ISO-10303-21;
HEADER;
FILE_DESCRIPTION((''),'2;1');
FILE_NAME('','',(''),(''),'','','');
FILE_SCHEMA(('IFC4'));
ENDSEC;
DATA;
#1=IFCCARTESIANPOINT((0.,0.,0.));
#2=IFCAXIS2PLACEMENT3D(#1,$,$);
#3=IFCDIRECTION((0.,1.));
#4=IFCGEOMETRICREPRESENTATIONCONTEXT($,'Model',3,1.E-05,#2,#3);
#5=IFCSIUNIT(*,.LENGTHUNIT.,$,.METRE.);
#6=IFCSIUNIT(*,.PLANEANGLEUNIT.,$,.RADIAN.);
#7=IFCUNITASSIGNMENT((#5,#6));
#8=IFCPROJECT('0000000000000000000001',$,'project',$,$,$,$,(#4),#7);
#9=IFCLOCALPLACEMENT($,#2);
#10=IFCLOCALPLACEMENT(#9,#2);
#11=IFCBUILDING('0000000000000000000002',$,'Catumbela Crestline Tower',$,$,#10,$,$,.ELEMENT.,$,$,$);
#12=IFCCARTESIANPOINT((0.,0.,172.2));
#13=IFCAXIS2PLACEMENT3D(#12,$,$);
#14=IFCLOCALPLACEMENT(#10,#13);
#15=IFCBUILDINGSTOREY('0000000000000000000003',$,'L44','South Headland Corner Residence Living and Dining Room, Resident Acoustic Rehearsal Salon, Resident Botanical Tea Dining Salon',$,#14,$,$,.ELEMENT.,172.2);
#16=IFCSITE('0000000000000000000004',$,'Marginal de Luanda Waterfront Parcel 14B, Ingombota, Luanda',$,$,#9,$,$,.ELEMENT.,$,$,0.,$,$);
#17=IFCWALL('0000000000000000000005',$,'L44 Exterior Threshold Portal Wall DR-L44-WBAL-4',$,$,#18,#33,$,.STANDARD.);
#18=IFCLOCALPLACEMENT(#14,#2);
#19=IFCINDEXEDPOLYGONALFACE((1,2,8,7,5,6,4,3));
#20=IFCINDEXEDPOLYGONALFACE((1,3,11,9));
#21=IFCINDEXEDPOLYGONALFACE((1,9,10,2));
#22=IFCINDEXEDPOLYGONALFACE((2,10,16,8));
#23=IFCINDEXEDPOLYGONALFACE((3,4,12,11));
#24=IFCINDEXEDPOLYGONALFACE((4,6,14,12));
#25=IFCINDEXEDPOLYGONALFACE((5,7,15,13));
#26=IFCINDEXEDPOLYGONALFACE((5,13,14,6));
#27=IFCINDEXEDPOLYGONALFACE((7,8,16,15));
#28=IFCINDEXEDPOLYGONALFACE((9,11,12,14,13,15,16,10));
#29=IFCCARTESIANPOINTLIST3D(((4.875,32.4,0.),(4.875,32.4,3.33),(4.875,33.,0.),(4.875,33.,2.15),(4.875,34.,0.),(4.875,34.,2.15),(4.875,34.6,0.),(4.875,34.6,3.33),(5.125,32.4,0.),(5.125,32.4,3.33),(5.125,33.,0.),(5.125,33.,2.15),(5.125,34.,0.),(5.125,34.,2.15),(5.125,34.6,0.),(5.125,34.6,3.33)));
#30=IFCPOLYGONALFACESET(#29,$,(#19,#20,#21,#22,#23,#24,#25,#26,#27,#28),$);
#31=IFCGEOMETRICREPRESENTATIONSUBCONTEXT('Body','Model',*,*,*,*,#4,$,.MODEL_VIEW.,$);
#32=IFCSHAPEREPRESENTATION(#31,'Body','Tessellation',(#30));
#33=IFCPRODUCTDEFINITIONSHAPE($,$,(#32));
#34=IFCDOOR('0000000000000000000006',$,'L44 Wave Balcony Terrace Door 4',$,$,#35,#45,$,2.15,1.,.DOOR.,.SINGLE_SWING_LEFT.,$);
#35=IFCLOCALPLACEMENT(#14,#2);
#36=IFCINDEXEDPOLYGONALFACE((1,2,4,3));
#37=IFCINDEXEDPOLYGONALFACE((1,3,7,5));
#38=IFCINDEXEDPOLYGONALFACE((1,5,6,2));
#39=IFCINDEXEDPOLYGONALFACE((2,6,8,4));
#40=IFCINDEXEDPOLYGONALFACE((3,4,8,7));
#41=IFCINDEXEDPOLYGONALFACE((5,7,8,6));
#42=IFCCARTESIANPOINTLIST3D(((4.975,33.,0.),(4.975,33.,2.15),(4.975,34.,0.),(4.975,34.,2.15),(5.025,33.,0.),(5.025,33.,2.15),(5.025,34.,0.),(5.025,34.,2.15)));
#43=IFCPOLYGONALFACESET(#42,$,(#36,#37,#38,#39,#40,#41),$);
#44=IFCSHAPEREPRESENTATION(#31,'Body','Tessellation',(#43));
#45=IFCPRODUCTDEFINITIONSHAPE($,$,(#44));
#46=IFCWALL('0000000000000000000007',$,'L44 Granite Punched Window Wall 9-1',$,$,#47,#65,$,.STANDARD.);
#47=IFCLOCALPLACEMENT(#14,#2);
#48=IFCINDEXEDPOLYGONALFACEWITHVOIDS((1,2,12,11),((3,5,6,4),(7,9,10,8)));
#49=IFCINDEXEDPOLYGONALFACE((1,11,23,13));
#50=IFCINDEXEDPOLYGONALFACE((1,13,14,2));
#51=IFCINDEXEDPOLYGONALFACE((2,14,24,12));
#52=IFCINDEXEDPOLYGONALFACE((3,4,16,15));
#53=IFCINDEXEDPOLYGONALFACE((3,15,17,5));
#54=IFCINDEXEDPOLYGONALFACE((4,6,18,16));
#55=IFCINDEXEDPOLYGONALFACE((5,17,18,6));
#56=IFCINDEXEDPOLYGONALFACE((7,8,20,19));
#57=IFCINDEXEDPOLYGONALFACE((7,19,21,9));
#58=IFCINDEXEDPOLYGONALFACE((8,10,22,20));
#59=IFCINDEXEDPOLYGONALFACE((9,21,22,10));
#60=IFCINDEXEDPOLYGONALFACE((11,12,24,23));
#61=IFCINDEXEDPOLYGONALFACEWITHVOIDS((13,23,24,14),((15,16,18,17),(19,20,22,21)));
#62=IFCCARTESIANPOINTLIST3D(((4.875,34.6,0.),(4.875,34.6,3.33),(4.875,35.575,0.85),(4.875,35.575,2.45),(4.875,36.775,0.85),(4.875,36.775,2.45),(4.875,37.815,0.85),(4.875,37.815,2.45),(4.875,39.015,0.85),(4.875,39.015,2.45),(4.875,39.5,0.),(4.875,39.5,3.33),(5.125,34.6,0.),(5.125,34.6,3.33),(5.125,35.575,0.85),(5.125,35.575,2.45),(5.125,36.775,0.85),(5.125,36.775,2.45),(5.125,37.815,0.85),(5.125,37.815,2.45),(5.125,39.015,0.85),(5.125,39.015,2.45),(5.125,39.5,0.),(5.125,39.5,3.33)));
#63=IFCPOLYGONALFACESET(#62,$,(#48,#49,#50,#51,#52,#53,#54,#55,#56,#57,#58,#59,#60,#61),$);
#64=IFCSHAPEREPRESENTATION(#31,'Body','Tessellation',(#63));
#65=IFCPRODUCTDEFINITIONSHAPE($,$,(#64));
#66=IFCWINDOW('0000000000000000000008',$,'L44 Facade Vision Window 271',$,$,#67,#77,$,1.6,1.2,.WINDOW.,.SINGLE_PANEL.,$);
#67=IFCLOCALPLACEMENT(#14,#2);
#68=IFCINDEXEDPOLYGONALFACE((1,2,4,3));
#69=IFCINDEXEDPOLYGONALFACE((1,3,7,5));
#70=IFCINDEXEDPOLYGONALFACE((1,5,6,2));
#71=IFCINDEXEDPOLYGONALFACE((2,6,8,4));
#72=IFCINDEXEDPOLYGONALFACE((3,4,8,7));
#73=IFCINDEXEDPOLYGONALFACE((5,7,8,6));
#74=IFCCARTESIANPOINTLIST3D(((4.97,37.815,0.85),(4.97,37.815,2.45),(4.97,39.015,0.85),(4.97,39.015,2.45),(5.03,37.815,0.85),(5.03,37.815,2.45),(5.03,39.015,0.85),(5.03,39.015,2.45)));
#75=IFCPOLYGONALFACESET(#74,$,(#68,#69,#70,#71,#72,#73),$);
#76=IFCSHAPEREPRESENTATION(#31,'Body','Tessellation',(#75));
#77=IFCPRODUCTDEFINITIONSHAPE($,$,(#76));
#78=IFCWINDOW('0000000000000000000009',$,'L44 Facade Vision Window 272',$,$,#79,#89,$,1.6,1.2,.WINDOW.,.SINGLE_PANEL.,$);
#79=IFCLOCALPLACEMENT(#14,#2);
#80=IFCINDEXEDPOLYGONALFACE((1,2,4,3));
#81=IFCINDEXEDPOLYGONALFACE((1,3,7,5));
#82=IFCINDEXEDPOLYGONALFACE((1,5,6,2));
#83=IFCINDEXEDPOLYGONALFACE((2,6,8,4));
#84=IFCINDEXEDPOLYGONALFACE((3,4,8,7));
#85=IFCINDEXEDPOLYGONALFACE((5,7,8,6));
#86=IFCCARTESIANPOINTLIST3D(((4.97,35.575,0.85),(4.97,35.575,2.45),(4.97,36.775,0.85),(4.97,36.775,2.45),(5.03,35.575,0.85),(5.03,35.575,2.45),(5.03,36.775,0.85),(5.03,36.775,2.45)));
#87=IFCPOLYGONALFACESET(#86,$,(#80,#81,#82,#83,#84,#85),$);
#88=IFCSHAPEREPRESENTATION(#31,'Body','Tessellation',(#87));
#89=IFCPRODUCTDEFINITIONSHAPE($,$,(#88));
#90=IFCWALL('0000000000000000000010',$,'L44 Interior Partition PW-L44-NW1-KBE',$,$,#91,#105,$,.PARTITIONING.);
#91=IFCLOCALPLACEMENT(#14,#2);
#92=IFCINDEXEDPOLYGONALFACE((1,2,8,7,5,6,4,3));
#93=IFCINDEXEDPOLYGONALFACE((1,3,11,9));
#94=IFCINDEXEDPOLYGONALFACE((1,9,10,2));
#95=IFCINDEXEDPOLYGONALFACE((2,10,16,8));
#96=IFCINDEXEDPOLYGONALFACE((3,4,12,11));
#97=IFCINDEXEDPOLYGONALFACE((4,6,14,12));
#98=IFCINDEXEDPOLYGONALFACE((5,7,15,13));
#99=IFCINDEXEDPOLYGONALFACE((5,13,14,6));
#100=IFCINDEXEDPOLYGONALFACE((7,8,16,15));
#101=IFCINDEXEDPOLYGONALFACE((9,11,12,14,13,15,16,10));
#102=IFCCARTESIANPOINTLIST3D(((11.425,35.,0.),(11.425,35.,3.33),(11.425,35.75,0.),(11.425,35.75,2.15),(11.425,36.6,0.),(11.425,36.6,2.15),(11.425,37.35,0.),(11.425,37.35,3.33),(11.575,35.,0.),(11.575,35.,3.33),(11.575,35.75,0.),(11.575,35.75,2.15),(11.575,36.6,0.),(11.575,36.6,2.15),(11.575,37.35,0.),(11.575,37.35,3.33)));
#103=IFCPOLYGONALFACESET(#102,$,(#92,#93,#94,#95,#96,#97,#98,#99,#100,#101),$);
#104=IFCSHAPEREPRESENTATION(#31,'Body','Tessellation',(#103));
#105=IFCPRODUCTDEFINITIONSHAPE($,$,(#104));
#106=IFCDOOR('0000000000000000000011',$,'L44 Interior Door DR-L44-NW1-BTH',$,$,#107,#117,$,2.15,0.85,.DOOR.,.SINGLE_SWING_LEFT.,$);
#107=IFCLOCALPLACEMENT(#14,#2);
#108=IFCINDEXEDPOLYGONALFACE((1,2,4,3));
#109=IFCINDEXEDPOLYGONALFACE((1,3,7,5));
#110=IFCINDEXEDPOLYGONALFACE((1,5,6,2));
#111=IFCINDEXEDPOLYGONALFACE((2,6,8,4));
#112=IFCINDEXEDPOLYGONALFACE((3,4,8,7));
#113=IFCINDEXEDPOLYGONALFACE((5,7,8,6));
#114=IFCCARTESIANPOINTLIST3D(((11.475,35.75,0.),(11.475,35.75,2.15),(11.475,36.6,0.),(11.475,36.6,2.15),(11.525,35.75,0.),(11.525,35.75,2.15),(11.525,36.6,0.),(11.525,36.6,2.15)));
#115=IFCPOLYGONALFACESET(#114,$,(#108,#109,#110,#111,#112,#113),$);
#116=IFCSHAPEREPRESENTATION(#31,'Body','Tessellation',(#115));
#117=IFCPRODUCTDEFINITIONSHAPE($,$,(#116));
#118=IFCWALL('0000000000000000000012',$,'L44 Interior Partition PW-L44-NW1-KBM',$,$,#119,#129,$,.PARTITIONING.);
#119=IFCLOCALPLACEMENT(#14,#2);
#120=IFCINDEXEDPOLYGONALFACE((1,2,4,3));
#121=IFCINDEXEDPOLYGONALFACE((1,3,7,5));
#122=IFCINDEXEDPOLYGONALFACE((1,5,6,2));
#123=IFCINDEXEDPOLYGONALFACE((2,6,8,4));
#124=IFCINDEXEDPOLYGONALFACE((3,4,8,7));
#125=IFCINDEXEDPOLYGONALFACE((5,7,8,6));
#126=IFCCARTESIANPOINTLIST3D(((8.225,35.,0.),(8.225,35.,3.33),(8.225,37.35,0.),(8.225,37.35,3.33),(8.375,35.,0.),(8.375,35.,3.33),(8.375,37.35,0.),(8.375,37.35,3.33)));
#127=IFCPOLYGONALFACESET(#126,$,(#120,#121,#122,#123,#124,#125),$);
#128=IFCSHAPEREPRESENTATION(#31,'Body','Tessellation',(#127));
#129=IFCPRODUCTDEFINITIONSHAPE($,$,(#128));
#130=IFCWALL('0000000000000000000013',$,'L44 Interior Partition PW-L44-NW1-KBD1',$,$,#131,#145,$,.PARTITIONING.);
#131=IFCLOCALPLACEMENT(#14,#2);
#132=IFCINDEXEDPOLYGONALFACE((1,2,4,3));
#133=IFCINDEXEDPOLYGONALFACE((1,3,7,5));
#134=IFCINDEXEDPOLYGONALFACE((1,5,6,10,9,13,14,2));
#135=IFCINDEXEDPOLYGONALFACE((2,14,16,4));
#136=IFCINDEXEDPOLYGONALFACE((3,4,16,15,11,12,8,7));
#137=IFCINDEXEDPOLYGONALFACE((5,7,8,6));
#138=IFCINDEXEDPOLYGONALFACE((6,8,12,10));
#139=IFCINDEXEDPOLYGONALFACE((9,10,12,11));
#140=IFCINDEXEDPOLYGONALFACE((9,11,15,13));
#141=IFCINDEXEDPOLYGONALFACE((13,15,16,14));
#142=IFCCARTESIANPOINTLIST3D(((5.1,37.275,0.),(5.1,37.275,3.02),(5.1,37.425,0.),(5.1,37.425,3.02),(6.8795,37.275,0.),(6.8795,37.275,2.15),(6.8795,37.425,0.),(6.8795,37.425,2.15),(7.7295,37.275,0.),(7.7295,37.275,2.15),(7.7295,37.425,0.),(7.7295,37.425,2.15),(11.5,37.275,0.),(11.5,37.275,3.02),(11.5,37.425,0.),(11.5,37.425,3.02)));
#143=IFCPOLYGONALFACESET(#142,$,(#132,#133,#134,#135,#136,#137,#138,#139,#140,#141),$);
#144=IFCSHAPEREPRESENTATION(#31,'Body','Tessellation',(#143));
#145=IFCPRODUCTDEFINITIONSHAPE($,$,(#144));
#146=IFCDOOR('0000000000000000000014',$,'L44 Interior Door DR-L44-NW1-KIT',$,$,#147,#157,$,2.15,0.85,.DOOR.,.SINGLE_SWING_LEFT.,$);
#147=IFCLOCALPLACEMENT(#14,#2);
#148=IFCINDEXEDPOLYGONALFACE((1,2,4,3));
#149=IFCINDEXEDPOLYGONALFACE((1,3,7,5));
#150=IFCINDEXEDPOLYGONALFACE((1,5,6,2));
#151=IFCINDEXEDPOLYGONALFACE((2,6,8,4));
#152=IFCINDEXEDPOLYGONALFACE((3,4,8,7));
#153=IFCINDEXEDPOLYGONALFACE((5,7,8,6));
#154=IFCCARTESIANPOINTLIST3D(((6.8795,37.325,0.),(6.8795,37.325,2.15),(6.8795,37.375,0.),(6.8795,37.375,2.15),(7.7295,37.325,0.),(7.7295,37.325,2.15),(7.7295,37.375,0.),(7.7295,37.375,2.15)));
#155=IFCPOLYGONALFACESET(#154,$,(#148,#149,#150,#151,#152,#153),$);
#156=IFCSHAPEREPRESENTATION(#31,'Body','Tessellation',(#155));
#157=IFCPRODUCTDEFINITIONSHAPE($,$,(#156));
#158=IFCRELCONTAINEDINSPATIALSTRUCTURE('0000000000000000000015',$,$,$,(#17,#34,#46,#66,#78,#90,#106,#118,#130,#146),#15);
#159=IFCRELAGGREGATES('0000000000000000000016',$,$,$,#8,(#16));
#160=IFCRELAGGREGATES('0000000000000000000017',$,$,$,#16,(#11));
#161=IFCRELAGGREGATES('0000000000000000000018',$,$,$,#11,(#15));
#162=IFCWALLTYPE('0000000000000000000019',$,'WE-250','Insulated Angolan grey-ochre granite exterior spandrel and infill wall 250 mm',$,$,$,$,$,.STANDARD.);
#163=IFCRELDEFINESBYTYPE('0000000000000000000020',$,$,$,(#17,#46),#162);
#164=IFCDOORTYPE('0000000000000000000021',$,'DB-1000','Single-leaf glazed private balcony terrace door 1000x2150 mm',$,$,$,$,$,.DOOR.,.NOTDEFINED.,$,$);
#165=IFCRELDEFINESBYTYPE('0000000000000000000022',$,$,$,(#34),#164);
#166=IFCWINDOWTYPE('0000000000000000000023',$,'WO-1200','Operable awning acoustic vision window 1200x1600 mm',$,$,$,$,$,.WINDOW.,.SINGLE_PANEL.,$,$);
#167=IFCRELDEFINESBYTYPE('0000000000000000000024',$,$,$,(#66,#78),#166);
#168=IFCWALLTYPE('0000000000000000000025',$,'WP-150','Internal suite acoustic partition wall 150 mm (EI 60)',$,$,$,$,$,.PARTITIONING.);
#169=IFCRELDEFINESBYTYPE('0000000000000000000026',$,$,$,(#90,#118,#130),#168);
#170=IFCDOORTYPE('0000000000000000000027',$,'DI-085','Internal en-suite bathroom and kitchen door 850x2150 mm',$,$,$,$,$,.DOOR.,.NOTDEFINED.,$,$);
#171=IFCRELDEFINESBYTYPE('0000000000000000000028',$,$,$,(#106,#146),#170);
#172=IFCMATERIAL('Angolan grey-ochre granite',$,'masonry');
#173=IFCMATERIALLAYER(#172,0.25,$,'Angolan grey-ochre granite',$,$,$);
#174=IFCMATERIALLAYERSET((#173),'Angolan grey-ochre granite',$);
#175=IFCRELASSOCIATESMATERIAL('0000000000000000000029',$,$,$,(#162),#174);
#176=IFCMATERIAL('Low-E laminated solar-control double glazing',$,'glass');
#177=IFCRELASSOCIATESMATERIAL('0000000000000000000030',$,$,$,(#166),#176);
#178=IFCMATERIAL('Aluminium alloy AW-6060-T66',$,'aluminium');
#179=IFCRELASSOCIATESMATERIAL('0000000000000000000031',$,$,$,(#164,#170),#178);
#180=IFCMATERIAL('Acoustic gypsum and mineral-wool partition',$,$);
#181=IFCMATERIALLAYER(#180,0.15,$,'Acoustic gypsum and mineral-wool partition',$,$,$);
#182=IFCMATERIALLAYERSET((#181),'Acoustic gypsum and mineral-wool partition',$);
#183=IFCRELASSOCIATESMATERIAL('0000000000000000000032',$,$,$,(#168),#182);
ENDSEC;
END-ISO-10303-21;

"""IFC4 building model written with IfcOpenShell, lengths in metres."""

from ifc_helpers import new_model, si_unit, direction, frame, frame_2d, origin, place, context, subcontext, project, spatial, rectangle, extrude, material, layer, layer_set, type_object, element, fill, save


model = new_model("IFC4")

# Units and contexts
model_context = context("Model", 3, precision=1e-05, world=origin(), true_north=direction((0.0, 1.0)))
body_context = subcontext(model_context, "Body", "Model", "MODEL_VIEW")
ifc_project = project(units=[si_unit("LENGTHUNIT", "METRE"), si_unit("PLANEANGLEUNIT", "RADIAN")], contexts=[model_context])

# Site, building, storey
site_placement = place(None, origin())
site = spatial("IfcSite", under=ifc_project, at=site_placement, Name="Marginal de Luanda Waterfront Parcel 14B, Ingombota, Luanda", CompositionType="ELEMENT", RefElevation=0.0)
building_placement = place(site_placement, origin())
building = spatial("IfcBuilding", under=site, at=building_placement, Name="Catumbela Crestline Tower", CompositionType="ELEMENT")
storey_placement = place(building_placement, frame((0.0, 0.0, 172.2)))
storey = spatial("IfcBuildingStorey", under=building, at=storey_placement, Name="L44", Description="South Headland Corner Residence Living and Dining Room, Resident Acoustic Rehearsal Salon, Resident Botanical Tea Dining Salon", CompositionType="ELEMENT", Elevation=172.2)

# Shared definitions
ifc_material_1 = material(Name="Aluminium alloy AW-6060-T66", Category="aluminium")

# Shared definitions
ifc_material_2 = material(Name="Low-E laminated solar-control double glazing", Category="glass")

# Shared definitions
ifc_material_3 = material(Name="Acoustic gypsum and mineral-wool partition")

# Shared definitions
ifc_material_4 = material(Name="Angolan grey-ochre granite", Category="masonry")
ifc_layer_1 = layer(ifc_material_4, 0.25, Name="Angolan grey-ochre granite")
ifc_layer_set_1 = layer_set([ifc_layer_1], Name="Angolan grey-ochre granite")
wall_type_1 = type_object("IfcWallType", Name="WE-250", Description="Insulated Angolan grey-ochre granite exterior spandrel and infill wall 250 mm", PredefinedType="STANDARD", material=ifc_layer_set_1)
window_type = type_object("IfcWindowType", Name="WO-1200", Description="Operable awning acoustic vision window 1200x1600 mm", PartitioningType="SINGLE_PANEL", PredefinedType="WINDOW", material=ifc_material_2)

# Wall, opening, door
wall_1_placement = place(storey_placement, frame((5.0, 34.6, 0.0), z_axis=(0.0, 0.0, 1.0), x_axis=(0.0, -1.0, 0.0)))
wall_1 = element("IfcWall", 1, at=wall_1_placement, inside=storey, type_object=wall_type_1, Name="L44 Exterior Threshold Portal Wall DR-L44-WBAL-4", PredefinedType="STANDARD", context=body_context, shape_type="SweptSolid", body=[
    extrude(rectangle(XDim=2.2, YDim=0.25, at=frame_2d((1.1, 0.0))), origin(), (0.0, 0.0, 1.0), 3.33),
])
opening_1_placement = place(wall_1_placement, frame((0.6, 0.0, 0.0)))
opening_1 = element("IfcOpeningElement", 2, at=opening_1_placement, cuts=wall_1, PredefinedType="OPENING", context=body_context, shape_type="SweptSolid", body=[
    extrude(rectangle(XDim=1.0, YDim=2.15, at=frame_2d((0.5, 1.075))), frame((0.0, 0.135, 0.0), z_axis=(0.0, -1.0, 0.0), x_axis=(1.0, 0.0, 0.0)), (0.0, 0.0, 1.0), 0.27),
])
door_type_1 = type_object("IfcDoorType", Name="DB-1000", Description="Single-leaf glazed private balcony terrace door 1000x2150 mm", OperationType="NOTDEFINED", PredefinedType="DOOR", material=ifc_material_1)
door_1_placement = place(opening_1_placement, origin())
door_1 = element("IfcDoor", 3, at=door_1_placement, inside=storey, type_object=door_type_1, Name="L44 Wave Balcony Terrace Door 4", OperationType="SINGLE_SWING_LEFT", OverallHeight=2.15, OverallWidth=1.0, PredefinedType="DOOR", context=body_context, shape_type="SweptSolid", body=[
    extrude(rectangle(XDim=1.0, YDim=2.15, at=frame_2d((0.5, 1.075))), frame((0.0, 0.025, 0.0), z_axis=(0.0, -1.0, 0.0), x_axis=(1.0, 0.0, 0.0)), (0.0, 0.0, 1.0), 0.05),
])
fill(opening_1, door_1)

# Wall, openings, windows
wall_2_placement = place(storey_placement, frame((5.0, 39.5, 0.0), z_axis=(0.0, 0.0, 1.0), x_axis=(0.0, -1.0, 0.0)))
wall_2 = element("IfcWall", 4, at=wall_2_placement, inside=storey, type_object=wall_type_1, Name="L44 Granite Punched Window Wall 9-1", PredefinedType="STANDARD", context=body_context, shape_type="SweptSolid", body=[
    extrude(rectangle(XDim=4.9, YDim=0.25, at=frame_2d((2.45, 0.0))), origin(), (0.0, 0.0, 1.0), 3.33),
])
opening_2_placement = place(wall_2_placement, frame((0.485, 0.0, 0.85)))
opening_2 = element("IfcOpeningElement", 5, at=opening_2_placement, cuts=wall_2, PredefinedType="OPENING", context=body_context, shape_type="SweptSolid", body=[
    extrude(rectangle(XDim=1.2, YDim=1.6, at=frame_2d((0.6, 0.8))), frame((0.0, 0.135, 0.0), z_axis=(0.0, -1.0, 0.0), x_axis=(1.0, 0.0, 0.0)), (0.0, 0.0, 1.0), 0.27),
])
opening_3_placement = place(wall_2_placement, frame((2.725, 0.0, 0.85)))
opening_3 = element("IfcOpeningElement", 6, at=opening_3_placement, cuts=wall_2, PredefinedType="OPENING", context=body_context, shape_type="SweptSolid", body=[
    extrude(rectangle(XDim=1.2, YDim=1.6, at=frame_2d((0.6, 0.8))), frame((0.0, 0.135, 0.0), z_axis=(0.0, -1.0, 0.0), x_axis=(1.0, 0.0, 0.0)), (0.0, 0.0, 1.0), 0.27),
])
window_1_placement = place(opening_2_placement, origin())
window_1 = element("IfcWindow", 7, at=window_1_placement, inside=storey, type_object=window_type, Name="L44 Facade Vision Window 271", OverallHeight=1.6, OverallWidth=1.2, PartitioningType="SINGLE_PANEL", PredefinedType="WINDOW", context=body_context, shape_type="SweptSolid", body=[
    extrude(rectangle(XDim=1.2, YDim=1.6, at=frame_2d((0.6, 0.8))), frame((0.0, 0.03, 0.0), z_axis=(0.0, -1.0, 0.0), x_axis=(1.0, 0.0, 0.0)), (0.0, 0.0, 1.0), 0.06),
])
fill(opening_2, window_1)
window_2_placement = place(opening_3_placement, origin())
window_2 = element("IfcWindow", 8, at=window_2_placement, inside=storey, type_object=window_type, Name="L44 Facade Vision Window 272", OverallHeight=1.6, OverallWidth=1.2, PartitioningType="SINGLE_PANEL", PredefinedType="WINDOW", context=body_context, shape_type="SweptSolid", body=[
    extrude(rectangle(XDim=1.2, YDim=1.6, at=frame_2d((0.6, 0.8))), frame((0.0, 0.03, 0.0), z_axis=(0.0, -1.0, 0.0), x_axis=(1.0, 0.0, 0.0)), (0.0, 0.0, 1.0), 0.06),
])
fill(opening_3, window_2)

# Wall, opening, door
ifc_layer_2 = layer(ifc_material_3, 0.15, Name="Acoustic gypsum and mineral-wool partition")
ifc_layer_set_2 = layer_set([ifc_layer_2], Name="Acoustic gypsum and mineral-wool partition")
wall_type_2 = type_object("IfcWallType", Name="WP-150", Description="Internal suite acoustic partition wall 150 mm (EI 60)", PredefinedType="PARTITIONING", material=ifc_layer_set_2)
wall_3_placement = place(storey_placement, frame((11.5, 35.0, 0.0), z_axis=(0.0, 0.0, 1.0), x_axis=(0.0, 1.0, 0.0)))
wall_3 = element("IfcWall", 9, at=wall_3_placement, inside=storey, type_object=wall_type_2, Name="L44 Interior Partition PW-L44-NW1-KBE", PredefinedType="PARTITIONING", context=body_context, shape_type="SweptSolid", body=[
    extrude(rectangle(XDim=2.35, YDim=0.15, at=frame_2d((1.175, 0.0))), origin(), (0.0, 0.0, 1.0), 3.33),
])
opening_4_placement = place(wall_3_placement, frame((0.75, 0.0, 0.0)))
opening_4 = element("IfcOpeningElement", 10, at=opening_4_placement, cuts=wall_3, PredefinedType="OPENING", context=body_context, shape_type="SweptSolid", body=[
    extrude(rectangle(XDim=0.85, YDim=2.15, at=frame_2d((0.425, 1.075))), frame((0.0, 0.085, 0.0), z_axis=(0.0, -1.0, 0.0), x_axis=(1.0, 0.0, 0.0)), (0.0, 0.0, 1.0), 0.17),
])
door_type_2 = type_object("IfcDoorType", Name="DI-085", Description="Internal en-suite bathroom and kitchen door 850x2150 mm", OperationType="NOTDEFINED", PredefinedType="DOOR", material=ifc_material_1)
door_2_placement = place(opening_4_placement, origin())
door_2 = element("IfcDoor", 11, at=door_2_placement, inside=storey, type_object=door_type_2, Name="L44 Interior Door DR-L44-NW1-BTH", OperationType="SINGLE_SWING_LEFT", OverallHeight=2.15, OverallWidth=0.85, PredefinedType="DOOR", context=body_context, shape_type="SweptSolid", body=[
    extrude(rectangle(XDim=0.85, YDim=2.15, at=frame_2d((0.425, 1.075))), frame((0.0, 0.025, 0.0), z_axis=(0.0, -1.0, 0.0), x_axis=(1.0, 0.0, 0.0)), (0.0, 0.0, 1.0), 0.05),
])
fill(opening_4, door_2)

# Wall
wall_4_placement = place(storey_placement, frame((8.3, 35.0, 0.0), z_axis=(0.0, 0.0, 1.0), x_axis=(0.0, 1.0, 0.0)))
element("IfcWall", 12, at=wall_4_placement, inside=storey, type_object=wall_type_2, Name="L44 Interior Partition PW-L44-NW1-KBM", PredefinedType="PARTITIONING", context=body_context, shape_type="SweptSolid", body=[
    extrude(rectangle(XDim=2.35, YDim=0.15, at=frame_2d((1.175, 0.0))), origin(), (0.0, 0.0, 1.0), 3.33),
])

# Wall, opening, door
wall_5_placement = place(storey_placement, frame((5.1, 37.35, 0.0), z_axis=(0.0, 0.0, 1.0), x_axis=(1.0, 0.0, 0.0)))
wall_5 = element("IfcWall", 13, at=wall_5_placement, inside=storey, type_object=wall_type_2, Name="L44 Interior Partition PW-L44-NW1-KBD1", PredefinedType="PARTITIONING", context=body_context, shape_type="SweptSolid", body=[
    extrude(rectangle(XDim=6.4, YDim=0.15, at=frame_2d((3.2, 0.0))), origin(), (0.0, 0.0, 1.0), 3.02),
])
opening_5_placement = place(wall_5_placement, frame((1.7795, 0.0, 0.0)))
opening_5 = element("IfcOpeningElement", 14, at=opening_5_placement, cuts=wall_5, PredefinedType="OPENING", context=body_context, shape_type="SweptSolid", body=[
    extrude(rectangle(XDim=0.85, YDim=2.15, at=frame_2d((0.425, 1.075))), frame((0.0, 0.085, 0.0), z_axis=(0.0, -1.0, 0.0), x_axis=(1.0, 0.0, 0.0)), (0.0, 0.0, 1.0), 0.17),
])
door_3_placement = place(opening_5_placement, origin())
door_3 = element("IfcDoor", 15, at=door_3_placement, inside=storey, type_object=door_type_2, Name="L44 Interior Door DR-L44-NW1-KIT", OperationType="SINGLE_SWING_LEFT", OverallHeight=2.15, OverallWidth=0.85, PredefinedType="DOOR", context=body_context, shape_type="SweptSolid", body=[
    extrude(rectangle(XDim=0.85, YDim=2.15, at=frame_2d((0.425, 1.075))), frame((0.0, 0.025, 0.0), z_axis=(0.0, -1.0, 0.0), x_axis=(1.0, 0.0, 0.0)), (0.0, 0.0, 1.0), 0.05),
])
fill(opening_5, door_3)

save(model, "model.ifc")
